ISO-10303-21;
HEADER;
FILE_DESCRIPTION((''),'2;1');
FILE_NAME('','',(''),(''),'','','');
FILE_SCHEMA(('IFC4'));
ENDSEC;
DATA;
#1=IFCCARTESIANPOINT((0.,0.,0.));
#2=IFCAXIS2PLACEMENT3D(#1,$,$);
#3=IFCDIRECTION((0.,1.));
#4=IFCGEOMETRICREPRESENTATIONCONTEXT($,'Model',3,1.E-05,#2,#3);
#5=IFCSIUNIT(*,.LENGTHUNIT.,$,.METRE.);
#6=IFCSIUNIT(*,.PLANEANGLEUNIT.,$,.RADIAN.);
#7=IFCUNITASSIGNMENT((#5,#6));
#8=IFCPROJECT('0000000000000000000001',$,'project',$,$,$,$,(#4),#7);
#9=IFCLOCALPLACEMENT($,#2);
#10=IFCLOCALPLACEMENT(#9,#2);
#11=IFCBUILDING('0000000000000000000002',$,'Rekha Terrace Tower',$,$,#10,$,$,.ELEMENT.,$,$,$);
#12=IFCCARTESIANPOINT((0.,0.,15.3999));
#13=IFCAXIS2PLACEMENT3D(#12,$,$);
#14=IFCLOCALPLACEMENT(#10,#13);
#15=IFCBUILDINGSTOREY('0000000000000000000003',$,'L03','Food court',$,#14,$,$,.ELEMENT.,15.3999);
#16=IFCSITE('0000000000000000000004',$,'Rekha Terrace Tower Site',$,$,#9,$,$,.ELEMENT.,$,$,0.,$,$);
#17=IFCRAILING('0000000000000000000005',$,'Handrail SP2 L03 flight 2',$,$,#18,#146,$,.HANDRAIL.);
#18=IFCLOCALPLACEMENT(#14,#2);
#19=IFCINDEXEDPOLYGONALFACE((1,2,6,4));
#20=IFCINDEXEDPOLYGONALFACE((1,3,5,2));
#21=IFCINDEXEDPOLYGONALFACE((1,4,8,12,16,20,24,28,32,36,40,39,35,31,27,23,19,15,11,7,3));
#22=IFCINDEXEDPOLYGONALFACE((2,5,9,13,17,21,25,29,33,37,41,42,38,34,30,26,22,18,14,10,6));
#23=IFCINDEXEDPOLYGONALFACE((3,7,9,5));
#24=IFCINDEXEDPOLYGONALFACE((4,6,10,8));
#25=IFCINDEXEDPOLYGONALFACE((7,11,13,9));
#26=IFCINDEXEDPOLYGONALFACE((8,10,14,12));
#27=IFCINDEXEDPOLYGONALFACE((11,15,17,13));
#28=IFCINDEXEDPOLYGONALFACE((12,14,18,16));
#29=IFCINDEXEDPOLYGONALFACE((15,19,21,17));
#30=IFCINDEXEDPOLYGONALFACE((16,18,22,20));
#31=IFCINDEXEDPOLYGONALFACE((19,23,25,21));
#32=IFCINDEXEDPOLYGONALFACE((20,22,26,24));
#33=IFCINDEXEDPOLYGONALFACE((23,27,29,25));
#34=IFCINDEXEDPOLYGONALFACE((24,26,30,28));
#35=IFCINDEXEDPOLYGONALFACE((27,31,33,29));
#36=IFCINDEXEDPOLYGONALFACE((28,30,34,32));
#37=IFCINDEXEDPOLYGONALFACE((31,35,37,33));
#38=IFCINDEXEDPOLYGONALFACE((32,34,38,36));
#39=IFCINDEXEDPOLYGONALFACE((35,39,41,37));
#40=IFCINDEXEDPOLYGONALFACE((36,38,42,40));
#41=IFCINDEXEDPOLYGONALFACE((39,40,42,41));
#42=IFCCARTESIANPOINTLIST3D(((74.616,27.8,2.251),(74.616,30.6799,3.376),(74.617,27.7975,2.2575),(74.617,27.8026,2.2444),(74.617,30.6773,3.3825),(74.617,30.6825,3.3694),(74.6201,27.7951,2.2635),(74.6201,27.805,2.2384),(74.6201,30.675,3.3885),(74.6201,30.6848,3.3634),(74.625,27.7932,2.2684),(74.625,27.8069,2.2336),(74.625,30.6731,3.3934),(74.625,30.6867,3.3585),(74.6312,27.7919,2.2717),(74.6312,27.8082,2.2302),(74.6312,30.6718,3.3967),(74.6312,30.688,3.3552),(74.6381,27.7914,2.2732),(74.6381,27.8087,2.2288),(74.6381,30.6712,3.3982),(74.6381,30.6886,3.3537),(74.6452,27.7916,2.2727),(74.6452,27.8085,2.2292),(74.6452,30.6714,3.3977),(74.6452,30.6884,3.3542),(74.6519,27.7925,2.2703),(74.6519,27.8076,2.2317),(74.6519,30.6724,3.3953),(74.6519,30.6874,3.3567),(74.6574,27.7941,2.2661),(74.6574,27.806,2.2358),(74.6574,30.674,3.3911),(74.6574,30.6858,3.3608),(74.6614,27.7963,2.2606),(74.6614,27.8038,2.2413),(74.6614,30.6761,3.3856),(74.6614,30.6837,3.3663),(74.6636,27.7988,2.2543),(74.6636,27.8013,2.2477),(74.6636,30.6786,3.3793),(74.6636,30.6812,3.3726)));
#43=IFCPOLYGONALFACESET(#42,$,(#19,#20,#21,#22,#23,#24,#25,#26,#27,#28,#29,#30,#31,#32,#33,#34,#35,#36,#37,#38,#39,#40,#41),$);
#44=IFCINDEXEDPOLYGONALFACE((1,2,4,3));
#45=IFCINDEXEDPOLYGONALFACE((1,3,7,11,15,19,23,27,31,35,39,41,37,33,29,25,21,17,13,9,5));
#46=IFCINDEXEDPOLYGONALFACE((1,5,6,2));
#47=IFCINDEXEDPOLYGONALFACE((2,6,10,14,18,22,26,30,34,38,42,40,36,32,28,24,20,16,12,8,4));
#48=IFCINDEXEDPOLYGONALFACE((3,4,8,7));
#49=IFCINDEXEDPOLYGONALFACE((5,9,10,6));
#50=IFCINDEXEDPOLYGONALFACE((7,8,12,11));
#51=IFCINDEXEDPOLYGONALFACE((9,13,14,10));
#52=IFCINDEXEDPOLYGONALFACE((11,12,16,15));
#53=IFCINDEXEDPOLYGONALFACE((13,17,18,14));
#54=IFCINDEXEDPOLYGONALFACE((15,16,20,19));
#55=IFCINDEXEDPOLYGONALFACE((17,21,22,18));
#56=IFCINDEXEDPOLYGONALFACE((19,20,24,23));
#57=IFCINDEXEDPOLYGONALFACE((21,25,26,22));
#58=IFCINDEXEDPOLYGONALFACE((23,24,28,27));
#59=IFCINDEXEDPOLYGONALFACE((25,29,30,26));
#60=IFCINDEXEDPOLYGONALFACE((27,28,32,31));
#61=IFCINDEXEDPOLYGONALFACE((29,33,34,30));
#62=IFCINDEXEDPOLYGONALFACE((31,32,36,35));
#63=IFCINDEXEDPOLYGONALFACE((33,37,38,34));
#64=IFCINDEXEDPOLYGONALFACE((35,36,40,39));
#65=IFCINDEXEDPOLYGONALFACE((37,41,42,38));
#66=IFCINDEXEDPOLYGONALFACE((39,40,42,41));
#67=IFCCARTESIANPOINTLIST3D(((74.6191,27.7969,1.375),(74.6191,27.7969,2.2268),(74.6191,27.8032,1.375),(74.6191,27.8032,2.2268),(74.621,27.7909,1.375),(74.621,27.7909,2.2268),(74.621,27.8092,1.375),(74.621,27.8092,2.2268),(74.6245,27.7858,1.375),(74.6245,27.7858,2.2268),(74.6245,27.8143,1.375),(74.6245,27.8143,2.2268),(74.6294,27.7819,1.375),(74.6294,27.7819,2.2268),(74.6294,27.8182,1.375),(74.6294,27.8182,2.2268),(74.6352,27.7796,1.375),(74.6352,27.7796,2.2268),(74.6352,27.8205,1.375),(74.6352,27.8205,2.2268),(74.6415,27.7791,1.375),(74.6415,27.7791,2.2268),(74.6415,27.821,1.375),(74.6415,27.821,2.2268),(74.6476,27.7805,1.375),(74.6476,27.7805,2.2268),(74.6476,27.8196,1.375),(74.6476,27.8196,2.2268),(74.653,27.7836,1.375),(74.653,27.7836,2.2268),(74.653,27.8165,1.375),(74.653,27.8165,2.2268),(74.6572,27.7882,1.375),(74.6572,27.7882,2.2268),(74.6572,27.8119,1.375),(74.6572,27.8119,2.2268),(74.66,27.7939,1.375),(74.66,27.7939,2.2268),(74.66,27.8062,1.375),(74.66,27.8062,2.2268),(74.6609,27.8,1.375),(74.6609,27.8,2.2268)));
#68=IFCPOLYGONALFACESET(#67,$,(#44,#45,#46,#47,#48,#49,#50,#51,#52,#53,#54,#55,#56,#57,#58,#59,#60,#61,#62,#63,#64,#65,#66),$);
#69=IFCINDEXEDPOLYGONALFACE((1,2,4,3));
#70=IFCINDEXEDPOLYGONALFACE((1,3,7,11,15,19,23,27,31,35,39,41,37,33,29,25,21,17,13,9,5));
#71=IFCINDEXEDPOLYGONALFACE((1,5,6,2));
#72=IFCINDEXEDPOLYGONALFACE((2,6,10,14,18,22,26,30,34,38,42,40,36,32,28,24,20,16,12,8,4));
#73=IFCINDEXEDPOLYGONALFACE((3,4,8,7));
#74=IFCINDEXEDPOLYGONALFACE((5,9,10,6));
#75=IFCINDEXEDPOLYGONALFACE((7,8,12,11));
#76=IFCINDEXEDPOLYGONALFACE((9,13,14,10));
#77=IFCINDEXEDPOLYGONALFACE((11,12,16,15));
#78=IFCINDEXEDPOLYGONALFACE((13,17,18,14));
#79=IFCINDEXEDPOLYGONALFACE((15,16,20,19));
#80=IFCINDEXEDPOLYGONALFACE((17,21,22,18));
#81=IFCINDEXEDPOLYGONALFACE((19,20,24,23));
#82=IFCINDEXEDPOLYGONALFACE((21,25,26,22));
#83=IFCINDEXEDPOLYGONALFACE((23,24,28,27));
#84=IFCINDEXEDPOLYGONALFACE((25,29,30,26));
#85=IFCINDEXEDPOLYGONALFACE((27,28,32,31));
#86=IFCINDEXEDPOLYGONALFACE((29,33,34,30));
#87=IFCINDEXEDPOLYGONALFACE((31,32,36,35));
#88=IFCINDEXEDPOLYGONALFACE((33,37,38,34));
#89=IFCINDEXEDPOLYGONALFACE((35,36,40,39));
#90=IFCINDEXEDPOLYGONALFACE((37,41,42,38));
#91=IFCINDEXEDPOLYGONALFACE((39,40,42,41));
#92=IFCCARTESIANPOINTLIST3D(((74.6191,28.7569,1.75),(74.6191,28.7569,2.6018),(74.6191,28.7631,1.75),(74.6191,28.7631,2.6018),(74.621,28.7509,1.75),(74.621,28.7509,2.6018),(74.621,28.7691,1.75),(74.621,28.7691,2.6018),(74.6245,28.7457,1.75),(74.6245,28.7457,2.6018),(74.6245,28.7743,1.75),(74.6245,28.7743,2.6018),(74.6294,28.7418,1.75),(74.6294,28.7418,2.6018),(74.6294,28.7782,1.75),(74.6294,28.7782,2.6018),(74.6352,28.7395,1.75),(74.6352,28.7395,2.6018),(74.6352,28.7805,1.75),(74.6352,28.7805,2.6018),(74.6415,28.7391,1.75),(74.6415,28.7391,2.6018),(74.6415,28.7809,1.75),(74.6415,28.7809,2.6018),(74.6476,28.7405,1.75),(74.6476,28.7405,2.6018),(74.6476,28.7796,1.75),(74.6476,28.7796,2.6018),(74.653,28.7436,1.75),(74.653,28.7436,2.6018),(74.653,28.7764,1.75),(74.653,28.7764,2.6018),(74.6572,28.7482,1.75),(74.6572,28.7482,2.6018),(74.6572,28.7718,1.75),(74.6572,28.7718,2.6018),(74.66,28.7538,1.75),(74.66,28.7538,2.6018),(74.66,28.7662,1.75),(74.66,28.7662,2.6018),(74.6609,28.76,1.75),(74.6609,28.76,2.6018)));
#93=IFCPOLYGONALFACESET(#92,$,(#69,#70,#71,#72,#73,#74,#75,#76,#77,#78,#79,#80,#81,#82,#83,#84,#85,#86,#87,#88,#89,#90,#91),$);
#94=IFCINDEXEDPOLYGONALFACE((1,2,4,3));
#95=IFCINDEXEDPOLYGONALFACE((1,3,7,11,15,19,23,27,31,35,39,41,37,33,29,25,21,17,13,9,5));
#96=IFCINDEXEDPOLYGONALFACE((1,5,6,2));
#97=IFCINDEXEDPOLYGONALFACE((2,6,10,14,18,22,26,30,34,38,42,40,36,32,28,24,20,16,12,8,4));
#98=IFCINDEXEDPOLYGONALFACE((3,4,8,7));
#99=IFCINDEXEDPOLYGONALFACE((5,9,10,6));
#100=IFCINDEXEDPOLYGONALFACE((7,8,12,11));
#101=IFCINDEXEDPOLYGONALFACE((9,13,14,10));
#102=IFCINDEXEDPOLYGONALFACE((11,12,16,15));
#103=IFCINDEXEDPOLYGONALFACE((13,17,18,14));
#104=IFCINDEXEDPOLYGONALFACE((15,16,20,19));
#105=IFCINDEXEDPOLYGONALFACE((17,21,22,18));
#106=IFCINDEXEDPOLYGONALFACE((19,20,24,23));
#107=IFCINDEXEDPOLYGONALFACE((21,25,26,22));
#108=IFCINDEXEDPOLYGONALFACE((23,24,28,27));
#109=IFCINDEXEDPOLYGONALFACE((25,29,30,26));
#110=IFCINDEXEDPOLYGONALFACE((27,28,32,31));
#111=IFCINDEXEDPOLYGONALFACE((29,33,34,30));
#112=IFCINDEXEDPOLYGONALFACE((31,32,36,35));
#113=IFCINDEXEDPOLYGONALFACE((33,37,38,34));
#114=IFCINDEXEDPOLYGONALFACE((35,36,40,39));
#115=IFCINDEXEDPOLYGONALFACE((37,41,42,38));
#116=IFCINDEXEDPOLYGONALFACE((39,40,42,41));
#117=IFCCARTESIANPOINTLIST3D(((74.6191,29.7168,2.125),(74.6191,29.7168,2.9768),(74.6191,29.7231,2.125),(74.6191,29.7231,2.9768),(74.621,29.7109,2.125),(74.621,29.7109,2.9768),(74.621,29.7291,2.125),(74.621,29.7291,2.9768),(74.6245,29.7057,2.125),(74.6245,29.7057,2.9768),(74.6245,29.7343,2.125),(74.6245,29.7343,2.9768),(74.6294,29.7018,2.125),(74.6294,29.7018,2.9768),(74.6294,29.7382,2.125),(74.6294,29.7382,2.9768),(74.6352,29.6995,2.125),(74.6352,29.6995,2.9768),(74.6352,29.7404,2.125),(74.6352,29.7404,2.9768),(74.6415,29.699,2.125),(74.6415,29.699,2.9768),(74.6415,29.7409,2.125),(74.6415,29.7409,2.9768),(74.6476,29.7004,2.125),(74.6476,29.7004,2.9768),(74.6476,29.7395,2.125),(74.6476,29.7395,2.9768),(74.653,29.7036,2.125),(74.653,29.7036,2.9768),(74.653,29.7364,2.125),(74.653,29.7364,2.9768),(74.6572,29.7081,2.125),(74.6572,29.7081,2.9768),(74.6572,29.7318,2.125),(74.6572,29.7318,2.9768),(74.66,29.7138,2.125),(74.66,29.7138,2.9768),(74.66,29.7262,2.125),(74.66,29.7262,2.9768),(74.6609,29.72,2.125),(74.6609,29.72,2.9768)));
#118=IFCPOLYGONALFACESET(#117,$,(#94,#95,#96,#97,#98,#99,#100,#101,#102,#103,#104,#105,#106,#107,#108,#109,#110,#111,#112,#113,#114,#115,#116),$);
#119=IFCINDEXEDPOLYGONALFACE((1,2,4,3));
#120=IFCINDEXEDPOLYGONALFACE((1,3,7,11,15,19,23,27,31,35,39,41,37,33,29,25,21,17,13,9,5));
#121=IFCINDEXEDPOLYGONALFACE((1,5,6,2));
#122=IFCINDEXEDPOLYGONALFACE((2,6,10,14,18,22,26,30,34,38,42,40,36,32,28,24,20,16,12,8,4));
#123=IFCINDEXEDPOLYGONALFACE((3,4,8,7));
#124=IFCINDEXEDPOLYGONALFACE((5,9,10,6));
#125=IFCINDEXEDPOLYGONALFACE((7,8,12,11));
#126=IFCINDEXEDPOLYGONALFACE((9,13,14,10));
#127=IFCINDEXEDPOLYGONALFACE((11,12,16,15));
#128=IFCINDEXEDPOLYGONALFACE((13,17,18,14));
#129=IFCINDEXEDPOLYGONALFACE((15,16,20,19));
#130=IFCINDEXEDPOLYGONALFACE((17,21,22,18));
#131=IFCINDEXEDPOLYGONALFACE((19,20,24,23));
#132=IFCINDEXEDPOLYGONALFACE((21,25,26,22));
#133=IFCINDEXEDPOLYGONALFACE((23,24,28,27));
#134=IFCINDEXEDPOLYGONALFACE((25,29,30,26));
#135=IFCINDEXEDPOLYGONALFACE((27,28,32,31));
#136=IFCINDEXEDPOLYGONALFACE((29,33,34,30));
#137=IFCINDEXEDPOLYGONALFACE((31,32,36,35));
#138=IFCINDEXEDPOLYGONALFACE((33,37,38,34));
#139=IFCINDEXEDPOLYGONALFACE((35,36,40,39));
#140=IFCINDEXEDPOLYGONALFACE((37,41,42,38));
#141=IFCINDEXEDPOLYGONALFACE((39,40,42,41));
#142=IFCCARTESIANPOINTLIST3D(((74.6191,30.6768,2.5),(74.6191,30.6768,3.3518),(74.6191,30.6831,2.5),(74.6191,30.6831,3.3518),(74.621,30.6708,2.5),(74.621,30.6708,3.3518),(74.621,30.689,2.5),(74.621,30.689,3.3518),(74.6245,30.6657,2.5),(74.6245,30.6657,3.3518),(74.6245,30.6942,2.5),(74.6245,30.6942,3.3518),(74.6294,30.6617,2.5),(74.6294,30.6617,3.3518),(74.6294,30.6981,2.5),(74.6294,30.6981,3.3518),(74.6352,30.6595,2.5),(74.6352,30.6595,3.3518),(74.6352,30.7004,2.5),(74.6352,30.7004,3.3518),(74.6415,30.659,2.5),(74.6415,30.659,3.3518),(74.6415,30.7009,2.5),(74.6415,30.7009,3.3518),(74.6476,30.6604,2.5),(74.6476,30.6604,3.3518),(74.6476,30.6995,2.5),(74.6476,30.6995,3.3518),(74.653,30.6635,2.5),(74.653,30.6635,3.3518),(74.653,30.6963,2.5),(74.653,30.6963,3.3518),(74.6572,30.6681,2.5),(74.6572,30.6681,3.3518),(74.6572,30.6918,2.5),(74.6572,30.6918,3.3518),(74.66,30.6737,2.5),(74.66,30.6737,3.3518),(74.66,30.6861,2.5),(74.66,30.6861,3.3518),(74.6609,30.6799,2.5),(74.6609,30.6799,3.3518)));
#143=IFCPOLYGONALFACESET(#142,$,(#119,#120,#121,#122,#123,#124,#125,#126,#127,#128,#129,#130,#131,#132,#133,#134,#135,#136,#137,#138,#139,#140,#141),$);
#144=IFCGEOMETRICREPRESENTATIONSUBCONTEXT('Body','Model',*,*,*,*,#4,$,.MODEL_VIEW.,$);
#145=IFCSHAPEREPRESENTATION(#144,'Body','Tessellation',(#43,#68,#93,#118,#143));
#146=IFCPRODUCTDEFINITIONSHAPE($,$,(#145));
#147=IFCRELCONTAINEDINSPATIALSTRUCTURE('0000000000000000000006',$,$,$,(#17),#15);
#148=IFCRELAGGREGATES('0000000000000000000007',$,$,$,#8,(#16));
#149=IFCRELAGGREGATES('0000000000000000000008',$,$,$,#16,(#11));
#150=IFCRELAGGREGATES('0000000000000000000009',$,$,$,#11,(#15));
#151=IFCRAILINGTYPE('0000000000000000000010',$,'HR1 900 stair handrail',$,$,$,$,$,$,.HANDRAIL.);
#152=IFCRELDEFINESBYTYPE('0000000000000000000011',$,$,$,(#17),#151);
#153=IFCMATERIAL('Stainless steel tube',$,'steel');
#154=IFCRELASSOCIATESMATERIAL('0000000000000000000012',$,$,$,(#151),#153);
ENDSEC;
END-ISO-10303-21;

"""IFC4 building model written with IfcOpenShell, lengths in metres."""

from ifc_helpers import new_model, si_unit, direction, frame, origin, origin_2d, place, context, subcontext, project, spatial, circle, extrude, material, type_object, element, save


model = new_model("IFC4")

# Units and contexts
model_context = context("Model", 3, precision=1e-05, world=origin(), true_north=direction((0.0, 1.0)))
body_context = subcontext(model_context, "Body", "Model", "MODEL_VIEW")
ifc_project = project(units=[si_unit("LENGTHUNIT", "METRE"), si_unit("PLANEANGLEUNIT", "RADIAN")], contexts=[model_context])

# Site, building, storey
site_placement = place(None, origin())
site = spatial("IfcSite", under=ifc_project, at=site_placement, Name="Rekha Terrace Tower Site", CompositionType="ELEMENT", RefElevation=0.0)
building_placement = place(site_placement, origin())
building = spatial("IfcBuilding", under=site, at=building_placement, Name="Rekha Terrace Tower", CompositionType="ELEMENT")
storey_placement = place(building_placement, frame((0.0, 0.0, 15.3999)))
storey = spatial("IfcBuildingStorey", under=building, at=storey_placement, Name="L03", Description="Food court", CompositionType="ELEMENT", Elevation=15.3999)

# Railing
ifc_material_1 = material(Name="Stainless steel tube", Category="steel")
railing_type_1 = type_object("IfcRailingType", Name="HR1 900 stair handrail", PredefinedType="HANDRAIL", material=ifc_material_1)
railing_1_placement = place(storey_placement, frame((74.6399, 27.8, 1.375)))
element("IfcRailing", 1, at=railing_1_placement, inside=storey, type_object=railing_type_1, Name="Handrail SP2 L03 flight 2", PredefinedType="HANDRAIL", context=body_context, shape_type="SweptSolid", body=[
    extrude(circle(Radius=0.0239, at=origin_2d()), frame((0.0, 0.0, 0.876), z_axis=(0.0, 0.931452, 0.363863), x_axis=(-1.0, 0.0, 0.0)), (0.0, 0.0, 1.0), 3.0918),
    extrude(circle(Radius=0.021, at=origin_2d()), origin(), (0.0, 0.0, 1.0), 0.8518),
    extrude(circle(Radius=0.021, at=origin_2d()), frame((0.0, 0.96, 0.375)), (0.0, 0.0, 1.0), 0.8518),
    extrude(circle(Radius=0.021, at=origin_2d()), frame((0.0, 1.9199, 0.75)), (0.0, 0.0, 1.0), 0.8518),
    extrude(circle(Radius=0.021, at=origin_2d()), frame((0.0, 2.8799, 1.125)), (0.0, 0.0, 1.0), 0.8518),
])

save(model, "model.ifc")
